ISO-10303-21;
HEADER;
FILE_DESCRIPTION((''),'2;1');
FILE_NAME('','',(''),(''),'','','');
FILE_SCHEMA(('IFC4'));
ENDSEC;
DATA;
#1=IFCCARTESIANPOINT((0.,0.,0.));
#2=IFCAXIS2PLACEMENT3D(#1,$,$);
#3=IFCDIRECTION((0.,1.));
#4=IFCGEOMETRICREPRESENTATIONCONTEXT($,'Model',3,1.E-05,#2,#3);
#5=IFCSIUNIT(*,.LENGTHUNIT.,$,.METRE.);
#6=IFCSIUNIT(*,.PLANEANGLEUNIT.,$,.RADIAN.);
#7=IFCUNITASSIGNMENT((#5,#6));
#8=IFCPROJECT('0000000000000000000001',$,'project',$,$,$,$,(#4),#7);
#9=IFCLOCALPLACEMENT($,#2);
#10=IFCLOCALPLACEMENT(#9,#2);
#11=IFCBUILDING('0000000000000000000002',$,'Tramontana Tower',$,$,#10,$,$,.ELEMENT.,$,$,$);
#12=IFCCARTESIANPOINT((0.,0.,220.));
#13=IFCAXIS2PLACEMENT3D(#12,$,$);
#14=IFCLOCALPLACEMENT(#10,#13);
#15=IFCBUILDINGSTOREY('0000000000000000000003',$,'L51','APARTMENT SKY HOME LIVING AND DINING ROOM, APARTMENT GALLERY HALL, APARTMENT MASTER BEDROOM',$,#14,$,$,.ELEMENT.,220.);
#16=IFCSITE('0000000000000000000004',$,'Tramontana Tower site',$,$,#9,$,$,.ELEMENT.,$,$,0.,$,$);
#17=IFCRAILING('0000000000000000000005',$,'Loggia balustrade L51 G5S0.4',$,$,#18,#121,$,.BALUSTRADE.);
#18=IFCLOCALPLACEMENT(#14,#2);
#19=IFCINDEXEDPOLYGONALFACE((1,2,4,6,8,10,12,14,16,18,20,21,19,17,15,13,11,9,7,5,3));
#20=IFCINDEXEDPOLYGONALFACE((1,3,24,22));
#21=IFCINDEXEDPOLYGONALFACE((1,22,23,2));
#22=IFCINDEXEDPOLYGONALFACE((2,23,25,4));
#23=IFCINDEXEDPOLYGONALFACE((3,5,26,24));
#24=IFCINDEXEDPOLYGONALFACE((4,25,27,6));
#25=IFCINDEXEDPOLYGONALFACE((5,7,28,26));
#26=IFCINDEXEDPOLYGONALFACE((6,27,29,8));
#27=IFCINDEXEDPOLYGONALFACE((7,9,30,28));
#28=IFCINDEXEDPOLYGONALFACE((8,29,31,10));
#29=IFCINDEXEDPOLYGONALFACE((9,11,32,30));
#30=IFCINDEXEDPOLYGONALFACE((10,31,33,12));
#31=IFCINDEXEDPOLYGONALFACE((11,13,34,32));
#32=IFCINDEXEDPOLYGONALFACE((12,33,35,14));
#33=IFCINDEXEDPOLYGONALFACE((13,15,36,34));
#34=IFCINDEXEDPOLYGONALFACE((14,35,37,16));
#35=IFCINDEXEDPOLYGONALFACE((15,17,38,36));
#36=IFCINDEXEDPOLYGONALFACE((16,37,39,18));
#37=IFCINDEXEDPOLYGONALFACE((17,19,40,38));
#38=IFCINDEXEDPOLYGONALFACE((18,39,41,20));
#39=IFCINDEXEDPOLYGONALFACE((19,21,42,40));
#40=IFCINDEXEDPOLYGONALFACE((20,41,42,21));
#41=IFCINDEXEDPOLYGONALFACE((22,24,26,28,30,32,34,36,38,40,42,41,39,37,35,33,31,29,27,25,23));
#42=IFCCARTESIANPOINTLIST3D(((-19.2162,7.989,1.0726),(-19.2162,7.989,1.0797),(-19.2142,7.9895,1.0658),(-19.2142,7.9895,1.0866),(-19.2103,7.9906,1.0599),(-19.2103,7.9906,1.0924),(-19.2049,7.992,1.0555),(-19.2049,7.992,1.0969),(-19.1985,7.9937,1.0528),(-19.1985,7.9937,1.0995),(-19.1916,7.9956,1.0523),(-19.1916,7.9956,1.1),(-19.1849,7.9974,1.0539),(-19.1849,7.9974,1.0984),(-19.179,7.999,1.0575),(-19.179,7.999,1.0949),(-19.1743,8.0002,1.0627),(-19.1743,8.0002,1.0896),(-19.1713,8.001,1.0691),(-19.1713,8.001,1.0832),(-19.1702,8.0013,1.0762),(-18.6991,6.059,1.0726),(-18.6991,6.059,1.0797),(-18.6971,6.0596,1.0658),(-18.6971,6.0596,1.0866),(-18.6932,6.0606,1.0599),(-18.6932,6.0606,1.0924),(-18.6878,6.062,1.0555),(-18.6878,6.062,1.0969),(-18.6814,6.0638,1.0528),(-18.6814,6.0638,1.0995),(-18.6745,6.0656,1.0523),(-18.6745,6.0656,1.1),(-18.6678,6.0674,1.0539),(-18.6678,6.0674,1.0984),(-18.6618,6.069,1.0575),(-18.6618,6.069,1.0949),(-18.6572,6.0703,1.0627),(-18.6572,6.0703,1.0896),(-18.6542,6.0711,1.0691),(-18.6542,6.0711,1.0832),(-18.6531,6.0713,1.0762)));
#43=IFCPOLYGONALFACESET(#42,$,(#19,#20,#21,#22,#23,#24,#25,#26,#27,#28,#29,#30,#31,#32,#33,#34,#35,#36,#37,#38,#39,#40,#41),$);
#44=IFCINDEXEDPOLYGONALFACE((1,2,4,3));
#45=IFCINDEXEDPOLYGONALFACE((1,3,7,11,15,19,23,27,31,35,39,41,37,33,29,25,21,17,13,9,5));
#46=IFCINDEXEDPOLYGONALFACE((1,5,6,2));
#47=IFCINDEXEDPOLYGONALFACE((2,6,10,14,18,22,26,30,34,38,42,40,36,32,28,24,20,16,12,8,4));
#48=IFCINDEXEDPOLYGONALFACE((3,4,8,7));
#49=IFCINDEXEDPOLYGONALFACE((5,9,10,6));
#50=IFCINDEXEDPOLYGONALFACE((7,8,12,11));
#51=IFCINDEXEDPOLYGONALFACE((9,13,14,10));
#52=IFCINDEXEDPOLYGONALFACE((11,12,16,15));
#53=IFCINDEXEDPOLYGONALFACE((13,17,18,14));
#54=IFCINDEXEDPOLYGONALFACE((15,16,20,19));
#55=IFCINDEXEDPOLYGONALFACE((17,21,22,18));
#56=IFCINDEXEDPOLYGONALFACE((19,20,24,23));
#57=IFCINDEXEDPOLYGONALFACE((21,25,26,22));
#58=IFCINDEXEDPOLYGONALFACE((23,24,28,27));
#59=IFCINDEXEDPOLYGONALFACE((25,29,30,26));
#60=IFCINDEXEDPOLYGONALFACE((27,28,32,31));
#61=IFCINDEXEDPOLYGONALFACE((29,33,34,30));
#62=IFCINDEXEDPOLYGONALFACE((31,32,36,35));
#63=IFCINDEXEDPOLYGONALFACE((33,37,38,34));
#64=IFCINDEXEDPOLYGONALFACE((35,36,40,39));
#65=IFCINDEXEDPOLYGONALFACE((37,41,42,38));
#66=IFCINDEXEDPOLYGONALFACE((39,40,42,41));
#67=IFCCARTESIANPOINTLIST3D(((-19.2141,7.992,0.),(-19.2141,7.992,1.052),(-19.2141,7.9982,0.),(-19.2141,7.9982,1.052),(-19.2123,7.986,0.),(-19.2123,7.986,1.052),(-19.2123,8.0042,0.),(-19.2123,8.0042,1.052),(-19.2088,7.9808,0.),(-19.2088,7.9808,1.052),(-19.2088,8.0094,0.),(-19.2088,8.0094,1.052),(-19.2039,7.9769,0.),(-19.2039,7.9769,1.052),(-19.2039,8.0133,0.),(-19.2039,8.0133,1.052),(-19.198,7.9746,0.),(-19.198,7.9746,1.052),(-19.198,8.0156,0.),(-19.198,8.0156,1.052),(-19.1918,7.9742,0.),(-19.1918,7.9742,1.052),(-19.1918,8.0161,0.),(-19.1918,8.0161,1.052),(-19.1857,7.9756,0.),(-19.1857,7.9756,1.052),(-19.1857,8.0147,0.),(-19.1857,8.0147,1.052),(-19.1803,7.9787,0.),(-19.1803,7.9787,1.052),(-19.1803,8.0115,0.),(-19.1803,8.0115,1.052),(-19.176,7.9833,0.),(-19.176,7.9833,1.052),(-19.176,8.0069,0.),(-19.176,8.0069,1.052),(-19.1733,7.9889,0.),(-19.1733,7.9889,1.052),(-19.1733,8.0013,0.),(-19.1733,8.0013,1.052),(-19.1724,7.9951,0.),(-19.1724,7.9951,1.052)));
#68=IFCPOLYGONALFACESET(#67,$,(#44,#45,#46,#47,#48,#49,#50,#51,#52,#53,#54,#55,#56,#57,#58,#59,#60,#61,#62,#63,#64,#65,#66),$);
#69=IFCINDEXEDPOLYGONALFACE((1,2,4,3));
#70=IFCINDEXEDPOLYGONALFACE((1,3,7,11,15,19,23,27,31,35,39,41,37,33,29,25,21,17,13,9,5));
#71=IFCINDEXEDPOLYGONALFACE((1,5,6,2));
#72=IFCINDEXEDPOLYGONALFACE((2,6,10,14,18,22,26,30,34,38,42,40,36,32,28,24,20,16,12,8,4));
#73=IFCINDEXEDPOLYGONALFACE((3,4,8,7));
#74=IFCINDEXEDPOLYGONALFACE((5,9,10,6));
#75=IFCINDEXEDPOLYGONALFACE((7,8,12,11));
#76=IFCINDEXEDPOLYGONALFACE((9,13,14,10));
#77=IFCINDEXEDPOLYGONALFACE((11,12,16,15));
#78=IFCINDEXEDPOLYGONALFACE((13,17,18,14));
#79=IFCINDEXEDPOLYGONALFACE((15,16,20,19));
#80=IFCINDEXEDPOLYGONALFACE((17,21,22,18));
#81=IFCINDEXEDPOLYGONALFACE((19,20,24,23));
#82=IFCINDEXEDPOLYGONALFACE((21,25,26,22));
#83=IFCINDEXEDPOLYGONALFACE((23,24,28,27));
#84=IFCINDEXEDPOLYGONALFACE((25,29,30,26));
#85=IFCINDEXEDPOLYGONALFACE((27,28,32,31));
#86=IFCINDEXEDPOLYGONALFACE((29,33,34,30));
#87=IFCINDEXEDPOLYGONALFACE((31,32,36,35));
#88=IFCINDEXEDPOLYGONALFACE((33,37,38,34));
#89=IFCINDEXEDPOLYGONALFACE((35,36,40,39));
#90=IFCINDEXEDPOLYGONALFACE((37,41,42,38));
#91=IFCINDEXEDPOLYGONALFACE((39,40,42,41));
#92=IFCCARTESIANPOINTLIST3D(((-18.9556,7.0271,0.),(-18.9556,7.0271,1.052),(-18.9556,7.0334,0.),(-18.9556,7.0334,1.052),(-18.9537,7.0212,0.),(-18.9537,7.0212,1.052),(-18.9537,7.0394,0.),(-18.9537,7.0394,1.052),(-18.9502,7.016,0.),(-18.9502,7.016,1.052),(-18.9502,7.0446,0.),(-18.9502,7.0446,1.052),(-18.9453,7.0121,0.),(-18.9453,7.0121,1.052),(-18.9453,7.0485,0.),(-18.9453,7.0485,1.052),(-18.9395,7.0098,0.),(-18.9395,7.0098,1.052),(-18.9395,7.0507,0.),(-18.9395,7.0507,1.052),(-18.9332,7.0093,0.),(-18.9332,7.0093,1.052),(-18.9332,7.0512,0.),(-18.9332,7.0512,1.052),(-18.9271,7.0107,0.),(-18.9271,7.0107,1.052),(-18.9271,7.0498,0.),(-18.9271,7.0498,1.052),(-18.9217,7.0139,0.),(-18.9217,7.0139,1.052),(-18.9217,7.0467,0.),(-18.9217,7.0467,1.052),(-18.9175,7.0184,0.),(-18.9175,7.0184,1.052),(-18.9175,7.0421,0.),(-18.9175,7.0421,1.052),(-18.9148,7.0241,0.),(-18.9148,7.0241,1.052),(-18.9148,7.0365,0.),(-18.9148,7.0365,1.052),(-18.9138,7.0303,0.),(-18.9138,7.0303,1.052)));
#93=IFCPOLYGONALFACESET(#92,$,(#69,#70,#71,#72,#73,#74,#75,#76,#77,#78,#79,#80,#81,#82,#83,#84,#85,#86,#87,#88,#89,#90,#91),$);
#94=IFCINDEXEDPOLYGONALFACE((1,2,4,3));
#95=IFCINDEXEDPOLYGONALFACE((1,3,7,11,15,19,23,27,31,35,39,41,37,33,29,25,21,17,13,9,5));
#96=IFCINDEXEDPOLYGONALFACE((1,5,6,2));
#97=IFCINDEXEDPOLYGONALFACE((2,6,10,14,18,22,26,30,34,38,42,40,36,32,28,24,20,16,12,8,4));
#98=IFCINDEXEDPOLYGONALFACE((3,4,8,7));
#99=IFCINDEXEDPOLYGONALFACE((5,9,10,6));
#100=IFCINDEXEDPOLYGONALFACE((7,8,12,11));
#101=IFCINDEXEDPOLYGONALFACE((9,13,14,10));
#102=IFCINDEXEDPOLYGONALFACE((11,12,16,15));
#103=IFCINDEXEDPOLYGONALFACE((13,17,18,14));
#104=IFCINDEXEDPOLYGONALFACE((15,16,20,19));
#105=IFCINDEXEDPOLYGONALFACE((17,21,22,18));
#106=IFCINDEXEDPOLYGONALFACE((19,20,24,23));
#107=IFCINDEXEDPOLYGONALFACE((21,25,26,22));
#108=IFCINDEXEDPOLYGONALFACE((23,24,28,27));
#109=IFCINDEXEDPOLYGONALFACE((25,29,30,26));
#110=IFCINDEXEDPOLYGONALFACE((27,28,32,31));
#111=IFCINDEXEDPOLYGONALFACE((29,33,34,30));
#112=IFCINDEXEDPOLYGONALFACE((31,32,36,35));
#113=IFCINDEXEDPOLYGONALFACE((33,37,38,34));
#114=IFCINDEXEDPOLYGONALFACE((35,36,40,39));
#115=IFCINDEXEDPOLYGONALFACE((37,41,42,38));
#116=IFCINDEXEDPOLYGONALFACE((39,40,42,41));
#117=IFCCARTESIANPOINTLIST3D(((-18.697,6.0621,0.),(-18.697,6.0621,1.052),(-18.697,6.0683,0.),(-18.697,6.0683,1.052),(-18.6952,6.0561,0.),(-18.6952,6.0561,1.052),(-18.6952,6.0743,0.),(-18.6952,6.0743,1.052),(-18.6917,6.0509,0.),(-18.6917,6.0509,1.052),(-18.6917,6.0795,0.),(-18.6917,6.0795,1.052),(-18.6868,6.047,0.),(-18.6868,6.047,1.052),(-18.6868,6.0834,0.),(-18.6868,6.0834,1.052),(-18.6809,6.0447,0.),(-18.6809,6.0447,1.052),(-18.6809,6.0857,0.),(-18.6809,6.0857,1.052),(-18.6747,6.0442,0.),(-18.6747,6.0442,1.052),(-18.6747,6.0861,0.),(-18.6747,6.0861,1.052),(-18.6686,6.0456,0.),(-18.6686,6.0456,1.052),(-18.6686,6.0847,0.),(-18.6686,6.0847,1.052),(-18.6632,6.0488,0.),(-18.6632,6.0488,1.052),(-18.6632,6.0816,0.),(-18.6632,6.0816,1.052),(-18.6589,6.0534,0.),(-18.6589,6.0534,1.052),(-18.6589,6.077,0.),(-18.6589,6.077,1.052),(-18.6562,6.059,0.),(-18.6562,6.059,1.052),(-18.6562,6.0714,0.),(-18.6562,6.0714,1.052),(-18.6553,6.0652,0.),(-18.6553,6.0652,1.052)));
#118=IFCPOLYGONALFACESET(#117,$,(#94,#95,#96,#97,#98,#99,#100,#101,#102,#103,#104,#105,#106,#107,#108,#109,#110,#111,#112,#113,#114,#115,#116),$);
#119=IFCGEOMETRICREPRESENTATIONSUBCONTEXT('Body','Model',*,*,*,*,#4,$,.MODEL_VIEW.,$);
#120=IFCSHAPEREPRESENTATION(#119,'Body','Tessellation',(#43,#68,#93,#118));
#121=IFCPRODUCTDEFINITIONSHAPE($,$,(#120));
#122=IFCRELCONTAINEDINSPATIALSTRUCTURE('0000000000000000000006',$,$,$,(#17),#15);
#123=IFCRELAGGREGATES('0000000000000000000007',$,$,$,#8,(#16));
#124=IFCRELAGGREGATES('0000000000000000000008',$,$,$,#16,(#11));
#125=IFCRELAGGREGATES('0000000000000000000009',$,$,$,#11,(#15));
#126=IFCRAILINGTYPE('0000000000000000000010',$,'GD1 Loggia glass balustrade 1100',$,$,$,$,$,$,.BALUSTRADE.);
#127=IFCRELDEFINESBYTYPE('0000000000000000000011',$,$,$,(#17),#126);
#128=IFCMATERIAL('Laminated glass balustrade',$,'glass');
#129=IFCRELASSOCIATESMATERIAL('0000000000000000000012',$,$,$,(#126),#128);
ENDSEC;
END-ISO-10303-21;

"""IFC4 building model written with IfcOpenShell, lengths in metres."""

from ifc_helpers import new_model, si_unit, direction, frame, origin, origin_2d, place, context, subcontext, project, spatial, circle, extrude, material, type_object, element, save


model = new_model("IFC4")

# Units and contexts
model_context = context("Model", 3, precision=1e-05, world=origin(), true_north=direction((0.0, 1.0)))
body_context = subcontext(model_context, "Body", "Model", "MODEL_VIEW")
ifc_project = project(units=[si_unit("LENGTHUNIT", "METRE"), si_unit("PLANEANGLEUNIT", "RADIAN")], contexts=[model_context])

# Site, building, storey
site_placement = place(None, origin())
site = spatial("IfcSite", under=ifc_project, at=site_placement, Name="Tramontana Tower site", CompositionType="ELEMENT", RefElevation=0.0)
building_placement = place(site_placement, origin())
building = spatial("IfcBuilding", under=site, at=building_placement, Name="Tramontana Tower", CompositionType="ELEMENT")
storey_placement = place(building_placement, frame((0.0, 0.0, 220.0)))
storey = spatial("IfcBuildingStorey", under=building, at=storey_placement, Name="L51", Description="APARTMENT SKY HOME LIVING AND DINING ROOM, APARTMENT GALLERY HALL, APARTMENT MASTER BEDROOM", CompositionType="ELEMENT", Elevation=220.0)

# Railing
ifc_material_1 = material(Name="Laminated glass balustrade", Category="glass")
railing_type = type_object("IfcRailingType", Name="GD1 Loggia glass balustrade 1100", PredefinedType="BALUSTRADE", material=ifc_material_1)
railing_placement = place(storey_placement, frame((-19.1934, 7.9951, 0.0)))
element("IfcRailing", 1, at=railing_placement, inside=storey, type_object=railing_type, Name="Loggia balustrade L51 G5S0.4", PredefinedType="BALUSTRADE", context=body_context, shape_type="SweptSolid", body=[
    extrude(circle(Radius=0.0239, at=origin_2d()), frame((0.0, 0.0, 1.0762), z_axis=(0.258803, -0.96593, 0.0), x_axis=(0.96593, 0.258803, 0.0)), (0.0, 0.0, 1.0), 1.998),
    extrude(circle(Radius=0.021, at=origin_2d()), origin(), (0.0, 0.0, 1.0), 1.052),
    extrude(circle(Radius=0.021, at=origin_2d()), frame((0.2585, -0.9648, 0.0)), (0.0, 0.0, 1.0), 1.052),
    extrude(circle(Radius=0.021, at=origin_2d()), frame((0.5171, -1.9299, 0.0)), (0.0, 0.0, 1.0), 1.052),
])

save(model, "model.ifc")
